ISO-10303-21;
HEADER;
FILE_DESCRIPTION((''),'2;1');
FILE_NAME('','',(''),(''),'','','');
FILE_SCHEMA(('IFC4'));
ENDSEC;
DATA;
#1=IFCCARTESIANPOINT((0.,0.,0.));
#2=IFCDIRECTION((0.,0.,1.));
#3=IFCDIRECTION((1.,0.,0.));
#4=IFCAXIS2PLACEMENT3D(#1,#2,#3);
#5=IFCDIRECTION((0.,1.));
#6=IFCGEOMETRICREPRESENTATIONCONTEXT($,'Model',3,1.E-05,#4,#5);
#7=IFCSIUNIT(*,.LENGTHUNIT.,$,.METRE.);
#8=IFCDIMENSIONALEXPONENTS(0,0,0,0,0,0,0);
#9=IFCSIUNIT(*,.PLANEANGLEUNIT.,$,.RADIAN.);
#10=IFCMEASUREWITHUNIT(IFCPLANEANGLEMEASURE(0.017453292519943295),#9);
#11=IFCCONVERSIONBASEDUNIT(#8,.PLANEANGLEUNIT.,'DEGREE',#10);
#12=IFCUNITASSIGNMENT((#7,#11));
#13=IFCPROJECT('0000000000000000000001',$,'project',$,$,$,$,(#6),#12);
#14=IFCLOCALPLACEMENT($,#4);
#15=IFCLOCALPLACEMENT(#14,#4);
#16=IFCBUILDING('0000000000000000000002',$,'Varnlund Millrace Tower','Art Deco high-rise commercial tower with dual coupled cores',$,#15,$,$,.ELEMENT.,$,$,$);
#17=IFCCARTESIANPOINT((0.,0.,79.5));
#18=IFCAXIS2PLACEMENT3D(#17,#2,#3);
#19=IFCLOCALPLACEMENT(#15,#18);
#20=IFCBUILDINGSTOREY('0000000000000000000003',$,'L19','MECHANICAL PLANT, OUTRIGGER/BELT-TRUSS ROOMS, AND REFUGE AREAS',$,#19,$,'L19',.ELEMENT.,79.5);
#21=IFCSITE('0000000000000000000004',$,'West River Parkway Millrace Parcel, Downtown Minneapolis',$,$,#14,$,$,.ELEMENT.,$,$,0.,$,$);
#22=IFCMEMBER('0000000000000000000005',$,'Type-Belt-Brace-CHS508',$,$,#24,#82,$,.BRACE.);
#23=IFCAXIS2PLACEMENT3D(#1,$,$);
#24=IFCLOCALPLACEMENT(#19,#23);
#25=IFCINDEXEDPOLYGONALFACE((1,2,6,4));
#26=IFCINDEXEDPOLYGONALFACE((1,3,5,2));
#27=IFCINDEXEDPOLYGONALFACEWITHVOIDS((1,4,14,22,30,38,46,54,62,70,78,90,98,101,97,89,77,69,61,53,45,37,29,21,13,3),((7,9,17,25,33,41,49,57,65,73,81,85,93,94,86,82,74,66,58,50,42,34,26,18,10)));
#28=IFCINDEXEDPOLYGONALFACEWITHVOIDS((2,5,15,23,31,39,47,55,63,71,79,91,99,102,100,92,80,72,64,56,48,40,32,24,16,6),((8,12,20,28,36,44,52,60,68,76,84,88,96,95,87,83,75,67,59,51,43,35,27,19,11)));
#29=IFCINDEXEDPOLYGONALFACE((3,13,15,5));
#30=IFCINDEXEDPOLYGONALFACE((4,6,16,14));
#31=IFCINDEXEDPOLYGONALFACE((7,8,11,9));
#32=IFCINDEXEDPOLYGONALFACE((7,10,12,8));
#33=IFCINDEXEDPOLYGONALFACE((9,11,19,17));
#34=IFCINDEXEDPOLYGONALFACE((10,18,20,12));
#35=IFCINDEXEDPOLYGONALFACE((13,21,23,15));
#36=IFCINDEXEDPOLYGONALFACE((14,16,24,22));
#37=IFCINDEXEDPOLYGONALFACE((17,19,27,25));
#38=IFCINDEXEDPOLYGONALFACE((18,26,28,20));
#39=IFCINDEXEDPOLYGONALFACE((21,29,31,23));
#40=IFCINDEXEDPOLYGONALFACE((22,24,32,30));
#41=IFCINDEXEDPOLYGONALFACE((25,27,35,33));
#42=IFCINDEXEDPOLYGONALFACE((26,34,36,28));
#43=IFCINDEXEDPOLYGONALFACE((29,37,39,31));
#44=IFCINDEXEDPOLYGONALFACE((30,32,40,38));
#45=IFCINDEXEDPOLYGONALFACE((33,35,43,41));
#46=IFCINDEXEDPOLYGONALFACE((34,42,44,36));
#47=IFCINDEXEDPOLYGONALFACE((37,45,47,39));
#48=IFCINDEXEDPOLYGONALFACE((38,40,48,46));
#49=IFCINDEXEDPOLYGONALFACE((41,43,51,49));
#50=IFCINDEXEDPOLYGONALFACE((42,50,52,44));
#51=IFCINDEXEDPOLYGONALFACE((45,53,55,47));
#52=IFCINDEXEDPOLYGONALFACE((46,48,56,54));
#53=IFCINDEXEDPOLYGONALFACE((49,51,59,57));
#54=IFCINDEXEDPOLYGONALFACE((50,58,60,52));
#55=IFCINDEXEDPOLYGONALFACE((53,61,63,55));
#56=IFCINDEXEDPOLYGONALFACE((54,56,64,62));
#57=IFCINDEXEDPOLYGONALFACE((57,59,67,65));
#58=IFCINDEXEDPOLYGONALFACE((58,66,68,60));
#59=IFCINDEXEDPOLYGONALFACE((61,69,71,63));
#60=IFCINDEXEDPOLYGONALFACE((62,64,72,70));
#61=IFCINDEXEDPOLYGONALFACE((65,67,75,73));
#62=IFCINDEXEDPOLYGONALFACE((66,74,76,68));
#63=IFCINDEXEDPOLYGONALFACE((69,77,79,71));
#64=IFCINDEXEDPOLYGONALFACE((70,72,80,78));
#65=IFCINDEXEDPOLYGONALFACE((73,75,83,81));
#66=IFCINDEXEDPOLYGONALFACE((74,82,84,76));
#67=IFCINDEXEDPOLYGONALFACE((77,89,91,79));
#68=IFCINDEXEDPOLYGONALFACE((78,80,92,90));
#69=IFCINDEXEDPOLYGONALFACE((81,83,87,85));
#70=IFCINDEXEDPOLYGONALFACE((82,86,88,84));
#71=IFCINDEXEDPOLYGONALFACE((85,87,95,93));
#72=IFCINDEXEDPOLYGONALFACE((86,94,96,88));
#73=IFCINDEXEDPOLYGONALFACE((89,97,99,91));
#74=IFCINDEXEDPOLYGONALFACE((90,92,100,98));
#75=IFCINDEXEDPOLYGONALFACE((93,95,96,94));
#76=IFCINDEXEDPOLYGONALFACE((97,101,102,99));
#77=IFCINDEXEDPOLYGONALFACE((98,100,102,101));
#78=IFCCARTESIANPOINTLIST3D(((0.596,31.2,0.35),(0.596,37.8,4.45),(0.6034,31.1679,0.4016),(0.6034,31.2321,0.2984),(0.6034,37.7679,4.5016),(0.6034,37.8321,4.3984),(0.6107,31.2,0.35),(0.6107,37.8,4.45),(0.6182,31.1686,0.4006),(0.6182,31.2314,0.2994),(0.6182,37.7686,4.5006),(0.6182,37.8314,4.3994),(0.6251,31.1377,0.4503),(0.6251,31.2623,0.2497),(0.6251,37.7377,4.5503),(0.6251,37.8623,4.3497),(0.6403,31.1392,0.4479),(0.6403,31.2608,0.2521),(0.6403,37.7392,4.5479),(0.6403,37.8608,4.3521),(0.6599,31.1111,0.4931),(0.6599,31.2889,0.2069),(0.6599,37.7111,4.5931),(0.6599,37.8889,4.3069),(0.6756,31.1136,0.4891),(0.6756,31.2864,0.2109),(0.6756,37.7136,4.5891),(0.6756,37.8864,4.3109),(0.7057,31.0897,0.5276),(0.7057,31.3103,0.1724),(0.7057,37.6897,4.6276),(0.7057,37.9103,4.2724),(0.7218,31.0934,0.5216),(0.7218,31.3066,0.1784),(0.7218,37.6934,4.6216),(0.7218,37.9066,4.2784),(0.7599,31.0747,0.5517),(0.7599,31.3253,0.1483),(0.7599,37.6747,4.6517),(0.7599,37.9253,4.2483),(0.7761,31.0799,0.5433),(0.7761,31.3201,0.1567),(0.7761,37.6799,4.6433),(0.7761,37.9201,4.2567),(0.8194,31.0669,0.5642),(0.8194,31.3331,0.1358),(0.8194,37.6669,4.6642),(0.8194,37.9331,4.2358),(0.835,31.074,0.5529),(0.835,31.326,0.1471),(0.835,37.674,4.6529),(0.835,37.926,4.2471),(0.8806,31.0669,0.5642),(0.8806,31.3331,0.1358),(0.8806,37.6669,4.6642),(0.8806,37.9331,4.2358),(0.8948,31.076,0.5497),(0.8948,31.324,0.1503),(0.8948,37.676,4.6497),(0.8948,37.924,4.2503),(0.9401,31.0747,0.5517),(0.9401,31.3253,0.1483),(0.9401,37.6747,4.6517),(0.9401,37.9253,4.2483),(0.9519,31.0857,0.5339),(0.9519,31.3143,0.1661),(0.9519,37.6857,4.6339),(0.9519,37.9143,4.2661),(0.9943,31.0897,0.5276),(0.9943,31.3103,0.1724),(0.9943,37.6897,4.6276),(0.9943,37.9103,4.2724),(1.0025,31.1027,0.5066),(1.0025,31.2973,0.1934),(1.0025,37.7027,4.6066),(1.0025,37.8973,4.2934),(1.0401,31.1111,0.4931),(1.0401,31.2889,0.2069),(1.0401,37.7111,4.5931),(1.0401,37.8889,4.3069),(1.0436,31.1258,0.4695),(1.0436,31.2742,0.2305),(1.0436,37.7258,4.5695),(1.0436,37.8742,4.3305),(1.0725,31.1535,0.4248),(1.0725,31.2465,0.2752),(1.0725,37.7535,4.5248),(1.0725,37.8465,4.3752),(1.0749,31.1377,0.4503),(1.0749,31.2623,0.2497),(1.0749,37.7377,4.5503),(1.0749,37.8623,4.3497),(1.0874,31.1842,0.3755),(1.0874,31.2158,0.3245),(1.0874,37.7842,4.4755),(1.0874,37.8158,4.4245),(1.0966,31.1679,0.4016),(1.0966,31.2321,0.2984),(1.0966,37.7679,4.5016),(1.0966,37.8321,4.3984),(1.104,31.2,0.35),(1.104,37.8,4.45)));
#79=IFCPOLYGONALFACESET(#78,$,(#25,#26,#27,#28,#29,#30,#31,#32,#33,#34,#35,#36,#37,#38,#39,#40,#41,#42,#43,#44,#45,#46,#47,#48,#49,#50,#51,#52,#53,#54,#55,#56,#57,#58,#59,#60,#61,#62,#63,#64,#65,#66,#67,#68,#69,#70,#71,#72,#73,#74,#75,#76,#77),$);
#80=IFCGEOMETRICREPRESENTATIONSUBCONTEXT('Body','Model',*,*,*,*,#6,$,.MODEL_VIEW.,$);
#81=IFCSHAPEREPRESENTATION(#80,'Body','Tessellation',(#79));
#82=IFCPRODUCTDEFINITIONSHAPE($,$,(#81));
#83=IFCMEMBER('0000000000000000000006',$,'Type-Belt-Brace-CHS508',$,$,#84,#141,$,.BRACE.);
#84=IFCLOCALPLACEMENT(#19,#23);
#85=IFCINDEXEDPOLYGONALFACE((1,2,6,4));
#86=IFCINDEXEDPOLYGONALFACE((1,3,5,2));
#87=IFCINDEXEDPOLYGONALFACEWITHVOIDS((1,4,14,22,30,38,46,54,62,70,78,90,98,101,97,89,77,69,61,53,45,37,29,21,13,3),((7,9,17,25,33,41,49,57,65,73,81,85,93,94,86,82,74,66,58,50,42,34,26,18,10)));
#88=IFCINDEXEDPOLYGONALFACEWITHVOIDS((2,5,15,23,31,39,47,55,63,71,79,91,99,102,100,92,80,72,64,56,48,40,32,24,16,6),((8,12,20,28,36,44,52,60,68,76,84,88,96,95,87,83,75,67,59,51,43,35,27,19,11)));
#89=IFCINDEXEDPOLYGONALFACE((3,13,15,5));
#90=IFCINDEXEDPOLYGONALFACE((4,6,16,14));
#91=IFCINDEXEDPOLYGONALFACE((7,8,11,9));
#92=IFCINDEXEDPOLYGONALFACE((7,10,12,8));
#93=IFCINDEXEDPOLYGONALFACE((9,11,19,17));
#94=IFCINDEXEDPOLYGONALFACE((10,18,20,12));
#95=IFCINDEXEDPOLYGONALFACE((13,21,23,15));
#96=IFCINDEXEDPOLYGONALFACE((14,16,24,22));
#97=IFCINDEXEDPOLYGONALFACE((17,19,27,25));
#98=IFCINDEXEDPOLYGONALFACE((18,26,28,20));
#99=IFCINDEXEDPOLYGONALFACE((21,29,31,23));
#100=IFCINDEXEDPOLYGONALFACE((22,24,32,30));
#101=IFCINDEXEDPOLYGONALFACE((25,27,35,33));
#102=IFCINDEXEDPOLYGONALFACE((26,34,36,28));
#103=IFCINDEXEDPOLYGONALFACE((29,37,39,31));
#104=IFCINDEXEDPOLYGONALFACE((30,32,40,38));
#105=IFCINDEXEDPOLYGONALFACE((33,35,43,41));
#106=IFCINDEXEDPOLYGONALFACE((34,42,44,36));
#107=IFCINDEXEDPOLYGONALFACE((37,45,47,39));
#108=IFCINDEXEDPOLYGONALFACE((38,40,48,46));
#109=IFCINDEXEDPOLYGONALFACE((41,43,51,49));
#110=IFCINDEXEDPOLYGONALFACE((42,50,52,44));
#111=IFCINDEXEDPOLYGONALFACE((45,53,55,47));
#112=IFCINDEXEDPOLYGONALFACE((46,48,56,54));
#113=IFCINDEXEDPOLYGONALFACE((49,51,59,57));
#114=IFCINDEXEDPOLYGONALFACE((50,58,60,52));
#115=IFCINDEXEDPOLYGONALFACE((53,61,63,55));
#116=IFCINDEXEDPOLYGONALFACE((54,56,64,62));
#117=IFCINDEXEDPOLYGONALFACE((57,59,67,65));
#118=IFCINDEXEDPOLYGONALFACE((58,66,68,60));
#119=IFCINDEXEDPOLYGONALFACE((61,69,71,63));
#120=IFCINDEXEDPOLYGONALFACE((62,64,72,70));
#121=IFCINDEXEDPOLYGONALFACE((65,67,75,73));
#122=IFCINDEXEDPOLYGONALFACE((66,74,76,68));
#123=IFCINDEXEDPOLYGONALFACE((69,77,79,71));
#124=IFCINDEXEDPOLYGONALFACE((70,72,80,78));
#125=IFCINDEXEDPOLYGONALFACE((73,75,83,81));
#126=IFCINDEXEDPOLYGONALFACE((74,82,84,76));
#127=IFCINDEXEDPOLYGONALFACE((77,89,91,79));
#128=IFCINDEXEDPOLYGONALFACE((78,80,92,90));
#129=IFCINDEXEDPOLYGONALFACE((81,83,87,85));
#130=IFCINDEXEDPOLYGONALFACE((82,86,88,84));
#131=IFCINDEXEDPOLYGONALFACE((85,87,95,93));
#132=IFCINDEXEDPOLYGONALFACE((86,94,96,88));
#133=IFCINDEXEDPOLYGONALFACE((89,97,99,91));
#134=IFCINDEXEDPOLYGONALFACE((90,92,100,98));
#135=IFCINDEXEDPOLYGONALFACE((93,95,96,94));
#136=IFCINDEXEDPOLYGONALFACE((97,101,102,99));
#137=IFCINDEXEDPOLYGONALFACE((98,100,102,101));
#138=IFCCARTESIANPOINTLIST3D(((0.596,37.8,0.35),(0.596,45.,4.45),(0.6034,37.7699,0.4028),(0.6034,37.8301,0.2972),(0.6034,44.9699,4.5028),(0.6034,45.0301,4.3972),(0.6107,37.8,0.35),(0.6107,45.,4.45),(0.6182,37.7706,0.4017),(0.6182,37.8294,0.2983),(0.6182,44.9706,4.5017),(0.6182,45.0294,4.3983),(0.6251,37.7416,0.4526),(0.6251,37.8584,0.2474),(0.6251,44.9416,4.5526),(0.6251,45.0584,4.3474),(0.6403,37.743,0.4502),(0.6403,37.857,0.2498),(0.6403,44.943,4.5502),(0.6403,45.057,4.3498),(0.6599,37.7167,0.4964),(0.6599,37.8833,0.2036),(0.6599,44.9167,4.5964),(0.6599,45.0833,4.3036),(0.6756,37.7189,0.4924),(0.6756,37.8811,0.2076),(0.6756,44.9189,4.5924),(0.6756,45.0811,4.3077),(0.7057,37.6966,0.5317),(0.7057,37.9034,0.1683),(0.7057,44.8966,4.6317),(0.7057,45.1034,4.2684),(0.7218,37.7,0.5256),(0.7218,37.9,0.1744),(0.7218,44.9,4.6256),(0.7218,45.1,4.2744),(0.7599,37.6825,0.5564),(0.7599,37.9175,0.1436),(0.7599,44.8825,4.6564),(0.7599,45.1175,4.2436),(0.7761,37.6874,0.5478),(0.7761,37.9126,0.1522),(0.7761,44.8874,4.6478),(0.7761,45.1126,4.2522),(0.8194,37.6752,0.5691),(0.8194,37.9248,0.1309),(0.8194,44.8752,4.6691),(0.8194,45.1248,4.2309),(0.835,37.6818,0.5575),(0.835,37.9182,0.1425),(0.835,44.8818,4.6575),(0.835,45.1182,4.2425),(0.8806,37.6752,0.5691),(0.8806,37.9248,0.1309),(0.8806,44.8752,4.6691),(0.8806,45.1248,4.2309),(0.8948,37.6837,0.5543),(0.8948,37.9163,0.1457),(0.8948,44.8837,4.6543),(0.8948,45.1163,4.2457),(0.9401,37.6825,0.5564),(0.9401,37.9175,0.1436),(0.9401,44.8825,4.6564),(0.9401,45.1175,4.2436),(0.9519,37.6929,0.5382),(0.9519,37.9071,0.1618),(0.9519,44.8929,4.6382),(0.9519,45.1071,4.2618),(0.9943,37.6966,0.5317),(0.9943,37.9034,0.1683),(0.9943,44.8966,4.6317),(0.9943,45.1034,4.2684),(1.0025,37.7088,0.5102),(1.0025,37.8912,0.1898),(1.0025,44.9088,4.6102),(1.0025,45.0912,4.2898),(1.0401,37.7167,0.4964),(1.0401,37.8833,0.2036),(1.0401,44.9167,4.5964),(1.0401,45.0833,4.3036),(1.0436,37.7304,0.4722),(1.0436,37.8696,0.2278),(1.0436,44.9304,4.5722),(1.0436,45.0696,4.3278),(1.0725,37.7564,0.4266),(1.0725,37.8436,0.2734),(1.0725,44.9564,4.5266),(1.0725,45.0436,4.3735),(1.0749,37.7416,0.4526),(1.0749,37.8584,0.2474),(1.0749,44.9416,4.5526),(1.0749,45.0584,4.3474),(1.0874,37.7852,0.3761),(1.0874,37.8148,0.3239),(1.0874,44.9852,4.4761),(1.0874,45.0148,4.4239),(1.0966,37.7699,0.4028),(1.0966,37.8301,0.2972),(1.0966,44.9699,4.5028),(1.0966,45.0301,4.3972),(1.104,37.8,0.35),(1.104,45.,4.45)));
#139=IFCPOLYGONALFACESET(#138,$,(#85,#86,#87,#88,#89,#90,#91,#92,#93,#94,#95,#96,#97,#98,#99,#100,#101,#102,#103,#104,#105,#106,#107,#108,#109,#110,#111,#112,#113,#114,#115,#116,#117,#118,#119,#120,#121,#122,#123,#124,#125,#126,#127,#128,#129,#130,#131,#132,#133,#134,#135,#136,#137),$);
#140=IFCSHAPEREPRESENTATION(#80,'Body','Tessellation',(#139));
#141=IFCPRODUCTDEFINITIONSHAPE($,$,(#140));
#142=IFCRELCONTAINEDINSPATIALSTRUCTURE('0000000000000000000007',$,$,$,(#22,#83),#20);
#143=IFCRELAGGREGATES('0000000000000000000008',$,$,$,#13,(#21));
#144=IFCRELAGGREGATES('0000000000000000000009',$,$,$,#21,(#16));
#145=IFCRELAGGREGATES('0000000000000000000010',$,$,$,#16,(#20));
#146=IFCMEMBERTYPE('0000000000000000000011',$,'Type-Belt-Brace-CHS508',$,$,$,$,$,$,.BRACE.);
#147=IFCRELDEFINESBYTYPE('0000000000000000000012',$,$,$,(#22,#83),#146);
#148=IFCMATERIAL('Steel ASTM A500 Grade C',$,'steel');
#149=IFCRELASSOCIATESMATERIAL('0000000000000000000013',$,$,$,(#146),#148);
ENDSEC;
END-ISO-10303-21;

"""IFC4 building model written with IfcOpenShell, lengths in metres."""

from ifc_helpers import new_model, entity, si_unit, converted_unit, direction, frame, origin_with_axes, origin_2d_with_axis, place, context, subcontext, project, spatial, hollow_circle, extrude, material, material_profile, profile_set, type_object, element, save


model = new_model("IFC4")

# Units and contexts
model_context = context("Model", 3, precision=1e-05, world=origin_with_axes(), true_north=direction((0.0, 1.0)))
body_context = subcontext(model_context, "Body", "Model", "MODEL_VIEW")
ifc_project = project(units=[si_unit("LENGTHUNIT", "METRE"), converted_unit("PLANEANGLEUNIT", "DEGREE", entity("IfcPlaneAngleMeasure", 0.017453292519943295), si_unit("PLANEANGLEUNIT", "RADIAN"), dimensions=[0, 0, 0, 0, 0, 0, 0])], contexts=[model_context])

# Site, building, storey
site_placement = place(None, origin_with_axes())
site = spatial("IfcSite", under=ifc_project, at=site_placement, Name="West River Parkway Millrace Parcel, Downtown Minneapolis", CompositionType="ELEMENT", RefElevation=0.0)
building_placement = place(site_placement, origin_with_axes())
building = spatial("IfcBuilding", under=site, at=building_placement, Name="Varnlund Millrace Tower", Description="Art Deco high-rise commercial tower with dual coupled cores", CompositionType="ELEMENT")
storey_placement = place(building_placement, frame((0.0, 0.0, 79.5), z_axis=(0.0, 0.0, 1.0), x_axis=(1.0, 0.0, 0.0)))
storey = spatial("IfcBuildingStorey", under=building, at=storey_placement, Name="L19", Description="MECHANICAL PLANT, OUTRIGGER/BELT-TRUSS ROOMS, AND REFUGE AREAS", LongName="L19", CompositionType="ELEMENT", Elevation=79.5)

# Members
ifc_material_1 = material(Name="Steel ASTM A500 Grade C", Category="steel")
ifc_material_profile_1 = material_profile(ifc_material_1, hollow_circle(Radius=0.254, WallThickness=0.0147, at=origin_2d_with_axis()), Name="Steel ASTM A500 Grade C")
ifc_profile_set_1 = profile_set([ifc_material_profile_1], Name="Steel ASTM A500 Grade C")
member_type_1 = type_object("IfcMemberType", Name="Type-Belt-Brace-CHS508", PredefinedType="BRACE", material=ifc_profile_set_1)
member_1_placement = place(storey_placement, frame((0.85, 31.2, 0.35), z_axis=(0.0, 0.849441, 0.527683), x_axis=(-1.0, 0.0, 0.0)))
element("IfcMember", 1, at=member_1_placement, inside=storey, type_object=member_type_1, Name="Type-Belt-Brace-CHS508", PredefinedType="BRACE", context=body_context, shape_type="SweptSolid", body=[
    extrude(hollow_circle(Radius=0.254, WallThickness=0.0147, at=origin_2d_with_axis()), origin_with_axes(), (0.0, 0.0, 1.0), 7.7698),
])
member_2_placement = place(storey_placement, frame((0.85, 37.8, 0.35), z_axis=(0.0, 0.868985, 0.494839), x_axis=(-1.0, 0.0, 0.0)))
element("IfcMember", 2, at=member_2_placement, inside=storey, type_object=member_type_1, Name="Type-Belt-Brace-CHS508", PredefinedType="BRACE", context=body_context, shape_type="SweptSolid", body=[
    extrude(hollow_circle(Radius=0.254, WallThickness=0.0147, at=origin_2d_with_axis()), origin_with_axes(), (0.0, 0.0, 1.0), 8.2855),
])

save(model, "model.ifc")
